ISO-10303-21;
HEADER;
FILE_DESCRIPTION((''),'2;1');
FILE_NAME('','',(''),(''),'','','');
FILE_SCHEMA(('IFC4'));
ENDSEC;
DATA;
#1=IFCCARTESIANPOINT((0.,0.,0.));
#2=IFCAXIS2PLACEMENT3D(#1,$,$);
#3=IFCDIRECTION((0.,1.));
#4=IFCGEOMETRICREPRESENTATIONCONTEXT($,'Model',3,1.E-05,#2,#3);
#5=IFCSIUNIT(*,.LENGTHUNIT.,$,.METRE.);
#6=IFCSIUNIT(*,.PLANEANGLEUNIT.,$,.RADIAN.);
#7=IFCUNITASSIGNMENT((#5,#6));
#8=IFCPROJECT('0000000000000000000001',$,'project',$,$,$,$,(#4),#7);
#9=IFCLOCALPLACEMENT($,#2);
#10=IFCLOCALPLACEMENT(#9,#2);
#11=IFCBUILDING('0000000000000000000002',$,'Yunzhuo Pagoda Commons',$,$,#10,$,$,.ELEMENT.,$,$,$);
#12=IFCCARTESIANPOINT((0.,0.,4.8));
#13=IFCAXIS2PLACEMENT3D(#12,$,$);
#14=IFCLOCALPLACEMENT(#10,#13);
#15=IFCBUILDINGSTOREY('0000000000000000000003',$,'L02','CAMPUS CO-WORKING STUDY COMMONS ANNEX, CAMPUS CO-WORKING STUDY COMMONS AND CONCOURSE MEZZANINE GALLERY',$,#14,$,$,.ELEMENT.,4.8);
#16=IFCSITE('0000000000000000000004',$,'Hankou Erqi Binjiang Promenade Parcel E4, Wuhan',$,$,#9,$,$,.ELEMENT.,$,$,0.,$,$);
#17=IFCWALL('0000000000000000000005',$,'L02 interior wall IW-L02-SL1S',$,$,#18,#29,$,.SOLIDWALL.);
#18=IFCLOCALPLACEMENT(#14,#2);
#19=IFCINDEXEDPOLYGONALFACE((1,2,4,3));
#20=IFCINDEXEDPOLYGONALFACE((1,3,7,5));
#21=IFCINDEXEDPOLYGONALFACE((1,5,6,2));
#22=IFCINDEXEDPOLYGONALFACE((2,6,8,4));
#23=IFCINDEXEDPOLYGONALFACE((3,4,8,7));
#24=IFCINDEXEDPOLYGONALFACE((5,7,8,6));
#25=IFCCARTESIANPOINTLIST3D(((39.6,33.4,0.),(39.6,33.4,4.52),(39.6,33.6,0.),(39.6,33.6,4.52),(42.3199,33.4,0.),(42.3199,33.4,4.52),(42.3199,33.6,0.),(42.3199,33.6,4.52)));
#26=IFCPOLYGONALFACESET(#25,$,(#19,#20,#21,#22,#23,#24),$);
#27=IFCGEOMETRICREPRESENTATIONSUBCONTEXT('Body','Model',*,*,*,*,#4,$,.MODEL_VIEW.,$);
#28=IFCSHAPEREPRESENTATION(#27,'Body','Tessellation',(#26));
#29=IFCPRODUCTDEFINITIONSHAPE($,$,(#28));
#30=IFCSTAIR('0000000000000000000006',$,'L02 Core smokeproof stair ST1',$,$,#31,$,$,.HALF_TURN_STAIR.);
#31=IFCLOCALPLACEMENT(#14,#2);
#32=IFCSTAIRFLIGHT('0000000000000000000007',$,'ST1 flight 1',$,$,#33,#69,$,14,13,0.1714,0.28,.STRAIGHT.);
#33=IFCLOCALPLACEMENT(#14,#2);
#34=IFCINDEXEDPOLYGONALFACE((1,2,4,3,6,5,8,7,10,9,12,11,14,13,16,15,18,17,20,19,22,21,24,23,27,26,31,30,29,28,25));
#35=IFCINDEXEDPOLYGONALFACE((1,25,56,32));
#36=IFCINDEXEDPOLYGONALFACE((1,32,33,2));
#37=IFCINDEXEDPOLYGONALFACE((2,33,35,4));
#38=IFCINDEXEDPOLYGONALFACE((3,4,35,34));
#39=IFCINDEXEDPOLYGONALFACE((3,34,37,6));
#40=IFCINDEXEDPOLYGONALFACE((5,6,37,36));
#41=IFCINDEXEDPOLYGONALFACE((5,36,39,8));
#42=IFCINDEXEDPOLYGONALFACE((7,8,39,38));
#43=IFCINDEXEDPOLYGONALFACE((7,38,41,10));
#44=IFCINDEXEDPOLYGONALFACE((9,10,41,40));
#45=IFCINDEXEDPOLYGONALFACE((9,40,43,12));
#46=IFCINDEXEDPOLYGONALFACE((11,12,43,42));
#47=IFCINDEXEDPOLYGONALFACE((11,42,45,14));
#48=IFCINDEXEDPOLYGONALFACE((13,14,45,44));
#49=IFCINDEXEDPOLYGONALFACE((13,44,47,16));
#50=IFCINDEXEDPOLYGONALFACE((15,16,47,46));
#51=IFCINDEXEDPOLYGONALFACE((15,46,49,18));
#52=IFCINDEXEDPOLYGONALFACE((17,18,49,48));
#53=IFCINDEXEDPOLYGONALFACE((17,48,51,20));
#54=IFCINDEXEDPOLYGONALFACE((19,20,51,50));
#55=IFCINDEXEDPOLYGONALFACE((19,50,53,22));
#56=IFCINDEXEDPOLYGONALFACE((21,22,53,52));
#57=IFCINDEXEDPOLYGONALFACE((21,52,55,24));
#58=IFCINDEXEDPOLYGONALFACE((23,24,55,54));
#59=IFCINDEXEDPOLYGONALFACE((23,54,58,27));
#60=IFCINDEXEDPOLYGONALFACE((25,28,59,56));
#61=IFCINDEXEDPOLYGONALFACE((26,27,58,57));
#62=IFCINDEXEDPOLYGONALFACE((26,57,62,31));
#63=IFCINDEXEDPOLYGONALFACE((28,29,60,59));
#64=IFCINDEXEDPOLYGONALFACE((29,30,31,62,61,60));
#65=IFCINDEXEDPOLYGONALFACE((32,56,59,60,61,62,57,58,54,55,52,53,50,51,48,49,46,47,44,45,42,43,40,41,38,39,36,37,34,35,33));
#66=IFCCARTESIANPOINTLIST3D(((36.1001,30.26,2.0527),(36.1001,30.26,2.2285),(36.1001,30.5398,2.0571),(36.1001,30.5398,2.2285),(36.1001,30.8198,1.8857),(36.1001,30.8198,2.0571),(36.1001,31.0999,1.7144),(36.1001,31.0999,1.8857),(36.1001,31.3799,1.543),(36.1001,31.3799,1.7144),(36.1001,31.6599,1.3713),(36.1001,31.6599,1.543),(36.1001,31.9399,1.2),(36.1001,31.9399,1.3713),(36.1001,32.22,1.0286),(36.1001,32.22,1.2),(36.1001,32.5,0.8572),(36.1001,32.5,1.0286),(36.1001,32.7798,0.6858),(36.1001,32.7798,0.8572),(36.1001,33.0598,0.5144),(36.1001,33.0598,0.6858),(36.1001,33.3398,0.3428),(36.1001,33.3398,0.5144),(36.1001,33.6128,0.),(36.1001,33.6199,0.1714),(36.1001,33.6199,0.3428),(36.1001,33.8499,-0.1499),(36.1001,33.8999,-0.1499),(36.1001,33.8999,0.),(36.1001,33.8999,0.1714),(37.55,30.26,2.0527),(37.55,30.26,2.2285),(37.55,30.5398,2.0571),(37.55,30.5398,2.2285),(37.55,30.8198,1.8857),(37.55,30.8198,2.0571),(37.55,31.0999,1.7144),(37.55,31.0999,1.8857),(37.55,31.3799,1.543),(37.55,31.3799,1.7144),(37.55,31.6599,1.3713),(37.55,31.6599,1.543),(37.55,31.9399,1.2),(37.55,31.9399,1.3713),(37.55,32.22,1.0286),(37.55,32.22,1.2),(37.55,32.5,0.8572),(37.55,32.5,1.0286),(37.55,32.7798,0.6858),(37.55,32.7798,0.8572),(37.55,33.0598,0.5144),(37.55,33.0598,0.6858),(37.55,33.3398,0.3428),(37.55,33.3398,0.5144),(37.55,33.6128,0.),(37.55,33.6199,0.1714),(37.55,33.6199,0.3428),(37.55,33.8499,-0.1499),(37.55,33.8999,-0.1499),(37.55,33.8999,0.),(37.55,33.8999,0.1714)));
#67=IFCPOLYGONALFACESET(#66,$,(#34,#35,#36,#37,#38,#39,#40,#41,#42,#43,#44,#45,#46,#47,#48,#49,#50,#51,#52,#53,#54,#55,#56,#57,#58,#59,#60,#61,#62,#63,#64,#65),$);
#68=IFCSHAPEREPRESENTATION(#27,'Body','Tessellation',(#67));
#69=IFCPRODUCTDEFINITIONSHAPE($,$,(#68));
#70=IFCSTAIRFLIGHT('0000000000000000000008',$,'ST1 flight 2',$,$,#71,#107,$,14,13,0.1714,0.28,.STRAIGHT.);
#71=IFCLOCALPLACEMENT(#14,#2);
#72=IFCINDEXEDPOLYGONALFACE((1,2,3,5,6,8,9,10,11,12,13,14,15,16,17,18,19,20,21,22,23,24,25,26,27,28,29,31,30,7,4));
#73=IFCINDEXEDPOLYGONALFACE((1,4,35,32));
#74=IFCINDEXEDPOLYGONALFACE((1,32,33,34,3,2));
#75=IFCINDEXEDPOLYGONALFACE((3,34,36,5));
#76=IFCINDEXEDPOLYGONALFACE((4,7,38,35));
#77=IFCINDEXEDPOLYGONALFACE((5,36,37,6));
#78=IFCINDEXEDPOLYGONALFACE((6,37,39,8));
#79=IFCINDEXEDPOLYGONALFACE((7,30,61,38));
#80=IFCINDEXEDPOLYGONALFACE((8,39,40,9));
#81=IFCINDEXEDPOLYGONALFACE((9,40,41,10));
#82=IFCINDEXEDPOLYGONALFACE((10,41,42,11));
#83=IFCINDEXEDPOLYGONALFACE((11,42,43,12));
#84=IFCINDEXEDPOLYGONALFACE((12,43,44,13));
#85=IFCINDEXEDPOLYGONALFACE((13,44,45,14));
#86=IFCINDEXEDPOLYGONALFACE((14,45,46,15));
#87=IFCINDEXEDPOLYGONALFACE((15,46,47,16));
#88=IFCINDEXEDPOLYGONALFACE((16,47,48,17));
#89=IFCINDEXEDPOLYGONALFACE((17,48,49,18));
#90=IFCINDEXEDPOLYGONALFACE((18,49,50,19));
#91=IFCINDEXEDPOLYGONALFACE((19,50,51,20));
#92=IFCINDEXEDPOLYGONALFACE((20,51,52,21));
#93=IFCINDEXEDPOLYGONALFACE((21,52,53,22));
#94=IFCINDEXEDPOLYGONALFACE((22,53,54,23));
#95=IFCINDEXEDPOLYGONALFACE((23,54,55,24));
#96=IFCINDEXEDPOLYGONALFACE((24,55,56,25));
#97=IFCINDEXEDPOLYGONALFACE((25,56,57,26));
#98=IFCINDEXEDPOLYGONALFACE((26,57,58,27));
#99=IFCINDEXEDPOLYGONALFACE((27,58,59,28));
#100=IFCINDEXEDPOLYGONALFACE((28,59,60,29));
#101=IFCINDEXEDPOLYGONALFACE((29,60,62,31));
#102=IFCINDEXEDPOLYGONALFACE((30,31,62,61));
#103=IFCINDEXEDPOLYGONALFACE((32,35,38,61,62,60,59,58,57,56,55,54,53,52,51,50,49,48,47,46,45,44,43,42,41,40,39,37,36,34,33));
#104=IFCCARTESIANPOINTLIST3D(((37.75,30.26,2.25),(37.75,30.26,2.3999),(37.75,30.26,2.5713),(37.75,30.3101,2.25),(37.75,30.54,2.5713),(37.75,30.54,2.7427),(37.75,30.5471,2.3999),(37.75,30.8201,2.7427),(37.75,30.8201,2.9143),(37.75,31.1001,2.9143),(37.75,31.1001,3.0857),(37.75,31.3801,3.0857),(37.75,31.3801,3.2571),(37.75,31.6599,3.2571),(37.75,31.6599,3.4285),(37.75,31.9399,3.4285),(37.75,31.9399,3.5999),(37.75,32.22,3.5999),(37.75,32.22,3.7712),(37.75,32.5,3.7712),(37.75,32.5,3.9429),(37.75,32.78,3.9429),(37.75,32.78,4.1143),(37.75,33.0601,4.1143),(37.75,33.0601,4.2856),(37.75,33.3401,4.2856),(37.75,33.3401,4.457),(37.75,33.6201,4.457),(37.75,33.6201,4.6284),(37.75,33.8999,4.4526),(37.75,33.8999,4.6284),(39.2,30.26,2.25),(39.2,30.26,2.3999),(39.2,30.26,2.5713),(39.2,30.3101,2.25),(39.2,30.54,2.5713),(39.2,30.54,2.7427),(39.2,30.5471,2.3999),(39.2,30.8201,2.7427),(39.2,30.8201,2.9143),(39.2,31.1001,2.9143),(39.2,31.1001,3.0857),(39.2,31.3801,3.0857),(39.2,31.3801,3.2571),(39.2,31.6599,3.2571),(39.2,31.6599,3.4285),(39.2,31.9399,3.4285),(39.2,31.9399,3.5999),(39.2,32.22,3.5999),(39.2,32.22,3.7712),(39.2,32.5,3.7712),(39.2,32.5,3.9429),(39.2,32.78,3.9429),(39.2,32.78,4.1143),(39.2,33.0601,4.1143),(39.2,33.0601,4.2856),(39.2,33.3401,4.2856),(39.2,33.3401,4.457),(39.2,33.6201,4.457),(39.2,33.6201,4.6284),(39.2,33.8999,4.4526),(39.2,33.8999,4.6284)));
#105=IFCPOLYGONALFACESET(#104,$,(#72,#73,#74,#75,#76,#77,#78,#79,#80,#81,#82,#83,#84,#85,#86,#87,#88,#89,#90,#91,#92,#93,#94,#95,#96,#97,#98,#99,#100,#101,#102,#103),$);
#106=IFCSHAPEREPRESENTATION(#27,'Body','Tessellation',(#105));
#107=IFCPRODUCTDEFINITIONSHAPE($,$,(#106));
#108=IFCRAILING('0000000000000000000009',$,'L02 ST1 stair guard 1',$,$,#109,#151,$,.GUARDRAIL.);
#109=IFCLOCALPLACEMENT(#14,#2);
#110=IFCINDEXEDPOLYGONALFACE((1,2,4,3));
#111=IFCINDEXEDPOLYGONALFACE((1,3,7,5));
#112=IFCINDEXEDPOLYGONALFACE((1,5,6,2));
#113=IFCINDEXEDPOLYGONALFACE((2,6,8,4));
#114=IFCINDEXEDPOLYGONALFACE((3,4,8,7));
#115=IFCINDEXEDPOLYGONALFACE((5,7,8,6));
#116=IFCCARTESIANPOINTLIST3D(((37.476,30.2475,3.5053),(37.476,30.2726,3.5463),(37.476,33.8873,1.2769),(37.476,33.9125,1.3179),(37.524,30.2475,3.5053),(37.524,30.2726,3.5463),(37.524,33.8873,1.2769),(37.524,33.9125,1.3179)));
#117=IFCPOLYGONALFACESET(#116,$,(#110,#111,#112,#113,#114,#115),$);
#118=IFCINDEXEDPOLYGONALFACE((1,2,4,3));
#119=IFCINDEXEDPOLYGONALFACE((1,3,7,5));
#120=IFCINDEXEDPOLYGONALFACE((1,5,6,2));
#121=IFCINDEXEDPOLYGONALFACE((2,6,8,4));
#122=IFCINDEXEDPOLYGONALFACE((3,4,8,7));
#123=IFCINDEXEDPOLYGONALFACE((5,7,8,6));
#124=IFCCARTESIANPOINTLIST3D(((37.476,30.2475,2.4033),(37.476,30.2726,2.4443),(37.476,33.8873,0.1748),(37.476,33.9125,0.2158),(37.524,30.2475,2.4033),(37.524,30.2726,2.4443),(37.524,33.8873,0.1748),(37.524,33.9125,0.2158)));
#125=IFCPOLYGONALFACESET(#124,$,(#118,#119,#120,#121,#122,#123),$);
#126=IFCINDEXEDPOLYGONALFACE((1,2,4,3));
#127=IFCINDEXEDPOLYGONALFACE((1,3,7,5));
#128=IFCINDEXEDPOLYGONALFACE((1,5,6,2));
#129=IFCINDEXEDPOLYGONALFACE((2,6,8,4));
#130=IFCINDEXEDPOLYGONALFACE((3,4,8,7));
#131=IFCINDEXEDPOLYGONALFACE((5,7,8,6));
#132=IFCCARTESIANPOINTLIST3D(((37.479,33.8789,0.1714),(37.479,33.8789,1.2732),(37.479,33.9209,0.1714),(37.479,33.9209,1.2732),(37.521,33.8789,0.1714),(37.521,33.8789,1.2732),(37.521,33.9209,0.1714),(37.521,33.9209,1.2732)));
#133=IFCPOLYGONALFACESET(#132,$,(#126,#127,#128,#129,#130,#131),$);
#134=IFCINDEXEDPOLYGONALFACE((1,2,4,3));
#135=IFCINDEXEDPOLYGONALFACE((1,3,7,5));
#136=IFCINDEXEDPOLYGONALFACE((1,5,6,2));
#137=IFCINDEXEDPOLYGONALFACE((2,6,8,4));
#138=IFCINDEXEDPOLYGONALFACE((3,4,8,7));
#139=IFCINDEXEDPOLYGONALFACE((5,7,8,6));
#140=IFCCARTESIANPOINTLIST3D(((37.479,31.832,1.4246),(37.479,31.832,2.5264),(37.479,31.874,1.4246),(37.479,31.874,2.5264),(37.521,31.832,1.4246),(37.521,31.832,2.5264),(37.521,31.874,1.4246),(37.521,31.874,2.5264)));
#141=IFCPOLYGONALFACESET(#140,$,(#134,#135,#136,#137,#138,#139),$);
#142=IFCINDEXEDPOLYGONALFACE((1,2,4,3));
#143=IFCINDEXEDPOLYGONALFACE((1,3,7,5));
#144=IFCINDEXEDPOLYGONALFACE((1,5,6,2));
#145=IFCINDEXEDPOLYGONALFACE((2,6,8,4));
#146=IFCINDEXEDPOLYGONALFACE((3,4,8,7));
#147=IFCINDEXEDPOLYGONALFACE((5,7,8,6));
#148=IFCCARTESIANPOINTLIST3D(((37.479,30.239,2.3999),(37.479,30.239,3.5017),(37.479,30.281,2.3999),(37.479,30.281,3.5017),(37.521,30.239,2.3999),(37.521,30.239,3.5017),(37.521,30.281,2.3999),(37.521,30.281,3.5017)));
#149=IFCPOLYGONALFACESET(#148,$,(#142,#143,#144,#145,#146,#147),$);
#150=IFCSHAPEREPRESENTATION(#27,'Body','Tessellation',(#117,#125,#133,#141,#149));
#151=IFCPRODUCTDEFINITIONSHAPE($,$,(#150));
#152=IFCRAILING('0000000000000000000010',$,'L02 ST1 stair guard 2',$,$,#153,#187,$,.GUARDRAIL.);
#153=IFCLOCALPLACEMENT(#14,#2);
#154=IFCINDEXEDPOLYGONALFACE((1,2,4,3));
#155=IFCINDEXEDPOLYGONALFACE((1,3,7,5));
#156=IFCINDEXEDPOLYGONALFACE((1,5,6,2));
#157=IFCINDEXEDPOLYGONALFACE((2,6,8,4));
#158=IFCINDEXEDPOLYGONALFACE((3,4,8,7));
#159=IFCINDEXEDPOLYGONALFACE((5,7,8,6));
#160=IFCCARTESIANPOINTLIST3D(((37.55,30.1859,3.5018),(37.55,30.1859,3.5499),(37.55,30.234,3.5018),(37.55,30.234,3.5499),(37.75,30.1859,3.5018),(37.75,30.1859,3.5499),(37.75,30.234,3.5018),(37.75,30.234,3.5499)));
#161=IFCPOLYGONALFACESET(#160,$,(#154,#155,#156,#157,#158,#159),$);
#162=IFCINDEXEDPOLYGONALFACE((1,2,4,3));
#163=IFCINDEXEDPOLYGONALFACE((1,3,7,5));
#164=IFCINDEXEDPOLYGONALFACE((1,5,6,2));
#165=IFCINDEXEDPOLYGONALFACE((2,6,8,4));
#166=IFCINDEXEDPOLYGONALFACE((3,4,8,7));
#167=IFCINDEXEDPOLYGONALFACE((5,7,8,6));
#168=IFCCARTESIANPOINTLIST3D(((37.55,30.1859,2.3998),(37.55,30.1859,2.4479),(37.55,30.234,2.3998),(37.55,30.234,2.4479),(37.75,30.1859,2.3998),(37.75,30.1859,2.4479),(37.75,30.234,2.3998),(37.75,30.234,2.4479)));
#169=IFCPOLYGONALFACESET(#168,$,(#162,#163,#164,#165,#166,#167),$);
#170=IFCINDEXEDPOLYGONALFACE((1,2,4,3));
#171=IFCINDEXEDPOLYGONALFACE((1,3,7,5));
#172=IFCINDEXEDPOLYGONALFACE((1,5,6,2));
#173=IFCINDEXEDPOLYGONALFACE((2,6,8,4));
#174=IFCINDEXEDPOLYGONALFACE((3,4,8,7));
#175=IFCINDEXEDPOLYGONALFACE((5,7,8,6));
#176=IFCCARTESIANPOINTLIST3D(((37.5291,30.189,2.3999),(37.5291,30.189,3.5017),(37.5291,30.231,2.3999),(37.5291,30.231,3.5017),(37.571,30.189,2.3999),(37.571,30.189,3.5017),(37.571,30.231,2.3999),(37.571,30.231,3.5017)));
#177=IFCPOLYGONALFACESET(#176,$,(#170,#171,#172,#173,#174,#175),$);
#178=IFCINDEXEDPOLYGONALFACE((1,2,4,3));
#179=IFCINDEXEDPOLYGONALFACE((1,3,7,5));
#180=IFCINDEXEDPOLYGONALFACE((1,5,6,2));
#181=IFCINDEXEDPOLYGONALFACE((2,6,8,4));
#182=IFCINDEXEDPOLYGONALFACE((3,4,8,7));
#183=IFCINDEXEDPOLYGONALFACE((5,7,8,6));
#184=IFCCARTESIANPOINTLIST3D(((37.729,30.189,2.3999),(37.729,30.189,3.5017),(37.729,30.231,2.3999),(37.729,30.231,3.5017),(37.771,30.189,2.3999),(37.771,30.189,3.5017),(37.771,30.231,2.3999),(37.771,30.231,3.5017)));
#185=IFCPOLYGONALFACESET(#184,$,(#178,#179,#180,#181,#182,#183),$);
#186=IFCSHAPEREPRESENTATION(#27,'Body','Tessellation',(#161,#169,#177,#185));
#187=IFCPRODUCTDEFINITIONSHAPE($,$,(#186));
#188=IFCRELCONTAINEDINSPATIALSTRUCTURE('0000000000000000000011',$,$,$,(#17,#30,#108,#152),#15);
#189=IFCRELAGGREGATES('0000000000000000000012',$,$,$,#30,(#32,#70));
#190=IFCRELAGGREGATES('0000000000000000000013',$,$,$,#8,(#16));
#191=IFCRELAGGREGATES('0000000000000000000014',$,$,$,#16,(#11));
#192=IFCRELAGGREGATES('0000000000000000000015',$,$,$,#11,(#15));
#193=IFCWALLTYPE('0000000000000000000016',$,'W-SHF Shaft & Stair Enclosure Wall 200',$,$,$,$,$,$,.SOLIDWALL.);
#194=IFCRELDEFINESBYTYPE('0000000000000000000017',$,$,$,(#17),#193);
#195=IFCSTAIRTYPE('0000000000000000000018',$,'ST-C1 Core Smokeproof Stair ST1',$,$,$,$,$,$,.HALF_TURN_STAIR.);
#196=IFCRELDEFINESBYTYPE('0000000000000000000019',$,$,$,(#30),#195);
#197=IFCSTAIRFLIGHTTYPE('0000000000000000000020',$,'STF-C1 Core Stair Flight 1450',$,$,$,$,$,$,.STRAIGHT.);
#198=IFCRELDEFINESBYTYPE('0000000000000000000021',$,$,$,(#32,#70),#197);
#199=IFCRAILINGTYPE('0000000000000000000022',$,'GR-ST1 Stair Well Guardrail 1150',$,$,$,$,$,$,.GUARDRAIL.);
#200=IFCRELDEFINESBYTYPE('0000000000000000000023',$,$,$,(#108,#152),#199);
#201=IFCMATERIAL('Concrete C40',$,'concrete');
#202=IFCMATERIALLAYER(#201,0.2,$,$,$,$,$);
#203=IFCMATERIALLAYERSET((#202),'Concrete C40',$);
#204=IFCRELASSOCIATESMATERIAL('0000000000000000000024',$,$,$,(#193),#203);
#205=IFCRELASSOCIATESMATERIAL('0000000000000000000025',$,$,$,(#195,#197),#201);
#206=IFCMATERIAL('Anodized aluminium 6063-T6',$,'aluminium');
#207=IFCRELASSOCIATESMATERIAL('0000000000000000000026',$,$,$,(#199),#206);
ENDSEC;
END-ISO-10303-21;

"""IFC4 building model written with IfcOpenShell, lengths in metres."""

from ifc_helpers import new_model, si_unit, direction, frame, frame_2d, origin, origin_2d, place, context, subcontext, project, spatial, polyline, rectangle, outline, extrude, source, transform, mapped, material, layer, layer_set, type_object, element, aggregate, save


model = new_model("IFC4")

# Units and contexts
model_context = context("Model", 3, precision=1e-05, world=origin(), true_north=direction((0.0, 1.0)))
body_context = subcontext(model_context, "Body", "Model", "MODEL_VIEW")
ifc_project = project(units=[si_unit("LENGTHUNIT", "METRE"), si_unit("PLANEANGLEUNIT", "RADIAN")], contexts=[model_context])

# Site, building, storey
site_placement = place(None, origin())
site = spatial("IfcSite", under=ifc_project, at=site_placement, Name="Hankou Erqi Binjiang Promenade Parcel E4, Wuhan", CompositionType="ELEMENT", RefElevation=0.0)
building_placement = place(site_placement, origin())
building = spatial("IfcBuilding", under=site, at=building_placement, Name="Yunzhuo Pagoda Commons", CompositionType="ELEMENT")
storey_placement = place(building_placement, frame((0.0, 0.0, 4.8)))
storey = spatial("IfcBuildingStorey", under=building, at=storey_placement, Name="L02", Description="CAMPUS CO-WORKING STUDY COMMONS ANNEX, CAMPUS CO-WORKING STUDY COMMONS AND CONCOURSE MEZZANINE GALLERY", CompositionType="ELEMENT", Elevation=4.8)

# Wall
ifc_material_1 = material(Name="Concrete C40", Category="concrete")
ifc_layer_1 = layer(ifc_material_1, 0.2)
ifc_layer_set_1 = layer_set([ifc_layer_1], Name="Concrete C40")
wall_type_1 = type_object("IfcWallType", Name="W-SHF Shaft & Stair Enclosure Wall 200", PredefinedType="SOLIDWALL", material=ifc_layer_set_1)
for number, where, z_axis, x_axis, name in (
    (1, (39.6001, 33.5, 0.0), (0.0, 0.0, 1.0), (1.0, 0.0, 0.0), "L02 interior wall IW-L02-SL1S"),
):
    element("IfcWall", number, at=place(storey_placement, frame(where, z_axis=z_axis, x_axis=x_axis)), inside=storey, type_object=wall_type_1, Name=name, PredefinedType="SOLIDWALL", context=body_context, shape_type="SweptSolid", body=[
        extrude(rectangle(XDim=2.72, YDim=0.2, at=frame_2d((1.3599, 0.0))), origin(), (0.0, 0.0, 1.0), 4.52),
    ])

# Stair, stair flights
stair_type = type_object("IfcStairType", Name="ST-C1 Core Smokeproof Stair ST1", PredefinedType="HALF_TURN_STAIR", material=ifc_material_1)
stair_placement = place(storey_placement, origin())
stair = element("IfcStair", 2, at=stair_placement, inside=storey, type_object=stair_type, Name="L02 Core smokeproof stair ST1", PredefinedType="HALF_TURN_STAIR")
stair_flight_type = type_object("IfcStairFlightType", Name="STF-C1 Core Stair Flight 1450", PredefinedType="STRAIGHT", material=ifc_material_1)
shared_shape_1 = source(origin(), body_context, "Body", "SweptSolid", [
    extrude(outline(polyline([(0.0, -0.1499), (0.0, 0.0), (0.0, 0.1714), (0.28, 0.1714), (0.28, 0.3428), (0.5601, 0.3428), (0.5601, 0.5144), (0.8401, 0.5144), (0.8401, 0.6858), (1.1201, 0.6858), (1.1201, 0.8572), (1.3999, 0.8572), (1.3999, 1.0286), (1.6799, 1.0286), (1.6799, 1.2), (1.96, 1.2), (1.96, 1.3713), (2.24, 1.3713), (2.24, 1.543), (2.52, 1.543), (2.52, 1.7144), (2.8, 1.7144), (2.8, 1.8857), (3.0801, 1.8857), (3.0801, 2.0571), (3.3601, 2.0571), (3.3601, 2.2285), (3.6399, 2.2285), (3.6399, 2.3999), (3.6399, 2.0527), (0.2871, 0.0), (0.05, -0.1499), (0.0, -0.1499)])), frame((0.0, 0.7251, 0.0), z_axis=(0.0, -1.0, 0.0), x_axis=(1.0, 0.0, 0.0)), (0.0, 0.0, 1.0), 1.45),
])
stair_flight_1_placement = place(storey_placement, frame((36.825, 33.8999, 0.0), z_axis=(0.0, 0.0, 1.0), x_axis=(0.0, -1.0, 0.0)))
stair_flight_1 = element("IfcStairFlight", 3, at=stair_flight_1_placement, type_object=stair_flight_type, Name="ST1 flight 1", NumberOfRisers=14, NumberOfTreads=13, PredefinedType="STRAIGHT", RiserHeight=0.1714, TreadLength=0.28, context=body_context, shape_type="MappedRepresentation", body=[
    mapped(shared_shape_1, transform((0.0, 0.0, 0.0), scale=1.0)),
])
stair_flight_2_placement = place(storey_placement, frame((38.4751, 30.26, 2.3999), z_axis=(0.0, 0.0, 1.0), x_axis=(0.0, 1.0, 0.0)))
stair_flight_2 = element("IfcStairFlight", 4, at=stair_flight_2_placement, type_object=stair_flight_type, Name="ST1 flight 2", NumberOfRisers=14, NumberOfTreads=13, PredefinedType="STRAIGHT", RiserHeight=0.1714, TreadLength=0.28, context=body_context, shape_type="MappedRepresentation", body=[
    mapped(shared_shape_1, transform((0.0, 0.0, 0.0), scale=1.0)),
])
aggregate(stair, [stair_flight_1, stair_flight_2])

# Railings
ifc_material_2 = material(Name="Anodized aluminium 6063-T6", Category="aluminium")
railing_type_1 = type_object("IfcRailingType", Name="GR-ST1 Stair Well Guardrail 1150", PredefinedType="GUARDRAIL", material=ifc_material_2)
railing_1_placement = place(storey_placement, frame((37.5, 33.8999, 0.1714)))
element("IfcRailing", 5, at=railing_1_placement, inside=storey, type_object=railing_type_1, Name="L02 ST1 stair guard 1", PredefinedType="GUARDRAIL", context=body_context, shape_type="SweptSolid", body=[
    extrude(rectangle(XDim=0.0481, YDim=0.0481, at=origin_2d()), frame((0.0, 0.0, 1.126), z_axis=(0.0, -0.85285, 0.522156), x_axis=(1.0, 0.0, 0.0)), (0.0, 0.0, 1.0), 4.2678),
    extrude(rectangle(XDim=0.0481, YDim=0.0481, at=origin_2d()), frame((0.0, 0.0, 0.0239), z_axis=(0.0, -0.85285, 0.522156), x_axis=(1.0, 0.0, 0.0)), (0.0, 0.0, 1.0), 4.2678),
    extrude(rectangle(XDim=0.042, YDim=0.042, at=origin_2d()), origin(), (0.0, 0.0, 1.0), 1.1018),
    extrude(rectangle(XDim=0.042, YDim=0.042, at=origin_2d()), frame((0.0, -2.0469, 1.2532)), (0.0, 0.0, 1.0), 1.1018),
    extrude(rectangle(XDim=0.042, YDim=0.042, at=origin_2d()), frame((0.0, -3.6399, 2.2285)), (0.0, 0.0, 1.0), 1.1018),
])
railing_2_placement = place(storey_placement, frame((37.55, 30.21, 2.3999)))
element("IfcRailing", 6, at=railing_2_placement, inside=storey, type_object=railing_type_1, Name="L02 ST1 stair guard 2", PredefinedType="GUARDRAIL", context=body_context, shape_type="SweptSolid", body=[
    extrude(rectangle(XDim=0.0481, YDim=0.0481, at=origin_2d()), frame((0.0, 0.0, 1.126), z_axis=(1.0, 0.0, 0.0), x_axis=(0.0, 1.0, 0.0)), (0.0, 0.0, 1.0), 0.2),
    extrude(rectangle(XDim=0.0481, YDim=0.0481, at=origin_2d()), frame((0.0, 0.0, 0.0239), z_axis=(1.0, 0.0, 0.0), x_axis=(0.0, 1.0, 0.0)), (0.0, 0.0, 1.0), 0.2),
    extrude(rectangle(XDim=0.042, YDim=0.042, at=origin_2d()), origin(), (0.0, 0.0, 1.0), 1.1018),
    extrude(rectangle(XDim=0.042, YDim=0.042, at=origin_2d()), frame((0.2, 0.0, 0.0)), (0.0, 0.0, 1.0), 1.1018),
])

save(model, "model.ifc")
